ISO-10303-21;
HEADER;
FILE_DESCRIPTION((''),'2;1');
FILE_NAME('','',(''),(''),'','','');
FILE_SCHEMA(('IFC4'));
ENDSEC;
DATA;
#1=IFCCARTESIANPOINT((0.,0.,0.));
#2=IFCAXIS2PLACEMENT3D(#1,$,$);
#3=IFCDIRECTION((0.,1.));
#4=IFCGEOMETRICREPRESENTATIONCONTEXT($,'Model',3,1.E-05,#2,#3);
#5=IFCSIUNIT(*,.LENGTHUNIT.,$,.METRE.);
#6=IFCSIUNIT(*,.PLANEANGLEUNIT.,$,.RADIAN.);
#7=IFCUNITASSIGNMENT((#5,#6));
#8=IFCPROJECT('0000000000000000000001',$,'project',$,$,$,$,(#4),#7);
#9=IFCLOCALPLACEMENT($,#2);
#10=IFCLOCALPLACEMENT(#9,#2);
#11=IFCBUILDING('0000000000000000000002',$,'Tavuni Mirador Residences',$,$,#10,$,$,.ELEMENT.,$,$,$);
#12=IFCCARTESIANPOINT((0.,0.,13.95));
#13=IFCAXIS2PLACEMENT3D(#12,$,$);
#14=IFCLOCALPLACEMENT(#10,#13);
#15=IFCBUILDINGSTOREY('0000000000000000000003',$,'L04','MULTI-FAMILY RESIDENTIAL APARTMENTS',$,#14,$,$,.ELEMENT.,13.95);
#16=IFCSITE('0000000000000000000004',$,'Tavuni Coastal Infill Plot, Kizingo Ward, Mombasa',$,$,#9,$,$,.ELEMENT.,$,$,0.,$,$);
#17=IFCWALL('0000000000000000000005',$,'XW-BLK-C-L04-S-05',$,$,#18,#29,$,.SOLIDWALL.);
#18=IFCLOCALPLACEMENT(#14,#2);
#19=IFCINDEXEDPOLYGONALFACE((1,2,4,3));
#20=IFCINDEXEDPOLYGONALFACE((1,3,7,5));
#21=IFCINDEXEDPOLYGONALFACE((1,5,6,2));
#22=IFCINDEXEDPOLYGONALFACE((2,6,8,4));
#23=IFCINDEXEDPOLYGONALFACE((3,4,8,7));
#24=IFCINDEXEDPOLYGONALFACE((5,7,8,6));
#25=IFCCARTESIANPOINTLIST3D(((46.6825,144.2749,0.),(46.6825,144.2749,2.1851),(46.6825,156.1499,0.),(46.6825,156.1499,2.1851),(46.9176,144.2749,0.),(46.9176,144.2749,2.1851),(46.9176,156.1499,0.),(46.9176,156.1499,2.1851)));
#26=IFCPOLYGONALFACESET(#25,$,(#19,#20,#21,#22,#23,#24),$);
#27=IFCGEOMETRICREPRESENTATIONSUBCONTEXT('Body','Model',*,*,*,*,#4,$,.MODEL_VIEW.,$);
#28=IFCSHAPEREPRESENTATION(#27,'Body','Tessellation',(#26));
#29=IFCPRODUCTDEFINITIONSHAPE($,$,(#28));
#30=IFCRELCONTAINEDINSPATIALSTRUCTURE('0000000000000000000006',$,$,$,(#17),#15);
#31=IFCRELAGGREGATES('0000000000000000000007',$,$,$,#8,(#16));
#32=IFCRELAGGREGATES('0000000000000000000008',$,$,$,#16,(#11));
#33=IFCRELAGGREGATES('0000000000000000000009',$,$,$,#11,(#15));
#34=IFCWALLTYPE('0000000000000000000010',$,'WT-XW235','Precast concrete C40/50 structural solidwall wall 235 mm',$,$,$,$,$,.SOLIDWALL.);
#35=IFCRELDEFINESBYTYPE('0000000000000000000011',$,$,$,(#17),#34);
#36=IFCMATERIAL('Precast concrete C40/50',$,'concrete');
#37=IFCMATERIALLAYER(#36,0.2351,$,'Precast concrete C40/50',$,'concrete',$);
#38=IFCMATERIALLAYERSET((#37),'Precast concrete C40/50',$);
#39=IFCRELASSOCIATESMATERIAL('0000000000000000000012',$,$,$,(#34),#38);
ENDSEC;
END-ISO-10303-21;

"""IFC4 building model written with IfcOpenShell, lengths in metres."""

from ifc_helpers import new_model, si_unit, direction, frame, frame_2d, origin, place, context, subcontext, project, spatial, rectangle, extrude, material, layer, layer_set, type_object, element, save


model = new_model("IFC4")

# Units and contexts
model_context = context("Model", 3, precision=1e-05, world=origin(), true_north=direction((0.0, 1.0)))
body_context = subcontext(model_context, "Body", "Model", "MODEL_VIEW")
ifc_project = project(units=[si_unit("LENGTHUNIT", "METRE"), si_unit("PLANEANGLEUNIT", "RADIAN")], contexts=[model_context])

# Site, building, storey
site_placement = place(None, origin())
site = spatial("IfcSite", under=ifc_project, at=site_placement, Name="Tavuni Coastal Infill Plot, Kizingo Ward, Mombasa", CompositionType="ELEMENT", RefElevation=0.0)
building_placement = place(site_placement, origin())
building = spatial("IfcBuilding", under=site, at=building_placement, Name="Tavuni Mirador Residences", CompositionType="ELEMENT")
storey_placement = place(building_placement, frame((0.0, 0.0, 13.95)))
storey = spatial("IfcBuildingStorey", under=building, at=storey_placement, Name="L04", Description="MULTI-FAMILY RESIDENTIAL APARTMENTS", CompositionType="ELEMENT", Elevation=13.95)

# Shared definitions
ifc_material_1 = material(Name="Precast concrete C40/50", Category="concrete")

# Wall
ifc_layer_1 = layer(ifc_material_1, 0.2351, Name="Precast concrete C40/50", Category="concrete")
ifc_layer_set_1 = layer_set([ifc_layer_1], Name="Precast concrete C40/50")
wall_type_1 = type_object("IfcWallType", Name="WT-XW235", Description="Precast concrete C40/50 structural solidwall wall 235 mm", PredefinedType="SOLIDWALL", material=ifc_layer_set_1)
wall_1_placement = place(storey_placement, frame((46.8, 144.2749, 0.0), z_axis=(0.0, 0.0, 1.0), x_axis=(0.0, 1.0, 0.0)))
element("IfcWall", 1, at=wall_1_placement, inside=storey, type_object=wall_type_1, Name="XW-BLK-C-L04-S-05", PredefinedType="SOLIDWALL", context=body_context, shape_type="SweptSolid", body=[
    extrude(rectangle(XDim=11.875, YDim=0.2351, at=frame_2d((5.9375, 0.0))), origin(), (0.0, 0.0, 1.0), 2.1851),
])

save(model, "model.ifc")
